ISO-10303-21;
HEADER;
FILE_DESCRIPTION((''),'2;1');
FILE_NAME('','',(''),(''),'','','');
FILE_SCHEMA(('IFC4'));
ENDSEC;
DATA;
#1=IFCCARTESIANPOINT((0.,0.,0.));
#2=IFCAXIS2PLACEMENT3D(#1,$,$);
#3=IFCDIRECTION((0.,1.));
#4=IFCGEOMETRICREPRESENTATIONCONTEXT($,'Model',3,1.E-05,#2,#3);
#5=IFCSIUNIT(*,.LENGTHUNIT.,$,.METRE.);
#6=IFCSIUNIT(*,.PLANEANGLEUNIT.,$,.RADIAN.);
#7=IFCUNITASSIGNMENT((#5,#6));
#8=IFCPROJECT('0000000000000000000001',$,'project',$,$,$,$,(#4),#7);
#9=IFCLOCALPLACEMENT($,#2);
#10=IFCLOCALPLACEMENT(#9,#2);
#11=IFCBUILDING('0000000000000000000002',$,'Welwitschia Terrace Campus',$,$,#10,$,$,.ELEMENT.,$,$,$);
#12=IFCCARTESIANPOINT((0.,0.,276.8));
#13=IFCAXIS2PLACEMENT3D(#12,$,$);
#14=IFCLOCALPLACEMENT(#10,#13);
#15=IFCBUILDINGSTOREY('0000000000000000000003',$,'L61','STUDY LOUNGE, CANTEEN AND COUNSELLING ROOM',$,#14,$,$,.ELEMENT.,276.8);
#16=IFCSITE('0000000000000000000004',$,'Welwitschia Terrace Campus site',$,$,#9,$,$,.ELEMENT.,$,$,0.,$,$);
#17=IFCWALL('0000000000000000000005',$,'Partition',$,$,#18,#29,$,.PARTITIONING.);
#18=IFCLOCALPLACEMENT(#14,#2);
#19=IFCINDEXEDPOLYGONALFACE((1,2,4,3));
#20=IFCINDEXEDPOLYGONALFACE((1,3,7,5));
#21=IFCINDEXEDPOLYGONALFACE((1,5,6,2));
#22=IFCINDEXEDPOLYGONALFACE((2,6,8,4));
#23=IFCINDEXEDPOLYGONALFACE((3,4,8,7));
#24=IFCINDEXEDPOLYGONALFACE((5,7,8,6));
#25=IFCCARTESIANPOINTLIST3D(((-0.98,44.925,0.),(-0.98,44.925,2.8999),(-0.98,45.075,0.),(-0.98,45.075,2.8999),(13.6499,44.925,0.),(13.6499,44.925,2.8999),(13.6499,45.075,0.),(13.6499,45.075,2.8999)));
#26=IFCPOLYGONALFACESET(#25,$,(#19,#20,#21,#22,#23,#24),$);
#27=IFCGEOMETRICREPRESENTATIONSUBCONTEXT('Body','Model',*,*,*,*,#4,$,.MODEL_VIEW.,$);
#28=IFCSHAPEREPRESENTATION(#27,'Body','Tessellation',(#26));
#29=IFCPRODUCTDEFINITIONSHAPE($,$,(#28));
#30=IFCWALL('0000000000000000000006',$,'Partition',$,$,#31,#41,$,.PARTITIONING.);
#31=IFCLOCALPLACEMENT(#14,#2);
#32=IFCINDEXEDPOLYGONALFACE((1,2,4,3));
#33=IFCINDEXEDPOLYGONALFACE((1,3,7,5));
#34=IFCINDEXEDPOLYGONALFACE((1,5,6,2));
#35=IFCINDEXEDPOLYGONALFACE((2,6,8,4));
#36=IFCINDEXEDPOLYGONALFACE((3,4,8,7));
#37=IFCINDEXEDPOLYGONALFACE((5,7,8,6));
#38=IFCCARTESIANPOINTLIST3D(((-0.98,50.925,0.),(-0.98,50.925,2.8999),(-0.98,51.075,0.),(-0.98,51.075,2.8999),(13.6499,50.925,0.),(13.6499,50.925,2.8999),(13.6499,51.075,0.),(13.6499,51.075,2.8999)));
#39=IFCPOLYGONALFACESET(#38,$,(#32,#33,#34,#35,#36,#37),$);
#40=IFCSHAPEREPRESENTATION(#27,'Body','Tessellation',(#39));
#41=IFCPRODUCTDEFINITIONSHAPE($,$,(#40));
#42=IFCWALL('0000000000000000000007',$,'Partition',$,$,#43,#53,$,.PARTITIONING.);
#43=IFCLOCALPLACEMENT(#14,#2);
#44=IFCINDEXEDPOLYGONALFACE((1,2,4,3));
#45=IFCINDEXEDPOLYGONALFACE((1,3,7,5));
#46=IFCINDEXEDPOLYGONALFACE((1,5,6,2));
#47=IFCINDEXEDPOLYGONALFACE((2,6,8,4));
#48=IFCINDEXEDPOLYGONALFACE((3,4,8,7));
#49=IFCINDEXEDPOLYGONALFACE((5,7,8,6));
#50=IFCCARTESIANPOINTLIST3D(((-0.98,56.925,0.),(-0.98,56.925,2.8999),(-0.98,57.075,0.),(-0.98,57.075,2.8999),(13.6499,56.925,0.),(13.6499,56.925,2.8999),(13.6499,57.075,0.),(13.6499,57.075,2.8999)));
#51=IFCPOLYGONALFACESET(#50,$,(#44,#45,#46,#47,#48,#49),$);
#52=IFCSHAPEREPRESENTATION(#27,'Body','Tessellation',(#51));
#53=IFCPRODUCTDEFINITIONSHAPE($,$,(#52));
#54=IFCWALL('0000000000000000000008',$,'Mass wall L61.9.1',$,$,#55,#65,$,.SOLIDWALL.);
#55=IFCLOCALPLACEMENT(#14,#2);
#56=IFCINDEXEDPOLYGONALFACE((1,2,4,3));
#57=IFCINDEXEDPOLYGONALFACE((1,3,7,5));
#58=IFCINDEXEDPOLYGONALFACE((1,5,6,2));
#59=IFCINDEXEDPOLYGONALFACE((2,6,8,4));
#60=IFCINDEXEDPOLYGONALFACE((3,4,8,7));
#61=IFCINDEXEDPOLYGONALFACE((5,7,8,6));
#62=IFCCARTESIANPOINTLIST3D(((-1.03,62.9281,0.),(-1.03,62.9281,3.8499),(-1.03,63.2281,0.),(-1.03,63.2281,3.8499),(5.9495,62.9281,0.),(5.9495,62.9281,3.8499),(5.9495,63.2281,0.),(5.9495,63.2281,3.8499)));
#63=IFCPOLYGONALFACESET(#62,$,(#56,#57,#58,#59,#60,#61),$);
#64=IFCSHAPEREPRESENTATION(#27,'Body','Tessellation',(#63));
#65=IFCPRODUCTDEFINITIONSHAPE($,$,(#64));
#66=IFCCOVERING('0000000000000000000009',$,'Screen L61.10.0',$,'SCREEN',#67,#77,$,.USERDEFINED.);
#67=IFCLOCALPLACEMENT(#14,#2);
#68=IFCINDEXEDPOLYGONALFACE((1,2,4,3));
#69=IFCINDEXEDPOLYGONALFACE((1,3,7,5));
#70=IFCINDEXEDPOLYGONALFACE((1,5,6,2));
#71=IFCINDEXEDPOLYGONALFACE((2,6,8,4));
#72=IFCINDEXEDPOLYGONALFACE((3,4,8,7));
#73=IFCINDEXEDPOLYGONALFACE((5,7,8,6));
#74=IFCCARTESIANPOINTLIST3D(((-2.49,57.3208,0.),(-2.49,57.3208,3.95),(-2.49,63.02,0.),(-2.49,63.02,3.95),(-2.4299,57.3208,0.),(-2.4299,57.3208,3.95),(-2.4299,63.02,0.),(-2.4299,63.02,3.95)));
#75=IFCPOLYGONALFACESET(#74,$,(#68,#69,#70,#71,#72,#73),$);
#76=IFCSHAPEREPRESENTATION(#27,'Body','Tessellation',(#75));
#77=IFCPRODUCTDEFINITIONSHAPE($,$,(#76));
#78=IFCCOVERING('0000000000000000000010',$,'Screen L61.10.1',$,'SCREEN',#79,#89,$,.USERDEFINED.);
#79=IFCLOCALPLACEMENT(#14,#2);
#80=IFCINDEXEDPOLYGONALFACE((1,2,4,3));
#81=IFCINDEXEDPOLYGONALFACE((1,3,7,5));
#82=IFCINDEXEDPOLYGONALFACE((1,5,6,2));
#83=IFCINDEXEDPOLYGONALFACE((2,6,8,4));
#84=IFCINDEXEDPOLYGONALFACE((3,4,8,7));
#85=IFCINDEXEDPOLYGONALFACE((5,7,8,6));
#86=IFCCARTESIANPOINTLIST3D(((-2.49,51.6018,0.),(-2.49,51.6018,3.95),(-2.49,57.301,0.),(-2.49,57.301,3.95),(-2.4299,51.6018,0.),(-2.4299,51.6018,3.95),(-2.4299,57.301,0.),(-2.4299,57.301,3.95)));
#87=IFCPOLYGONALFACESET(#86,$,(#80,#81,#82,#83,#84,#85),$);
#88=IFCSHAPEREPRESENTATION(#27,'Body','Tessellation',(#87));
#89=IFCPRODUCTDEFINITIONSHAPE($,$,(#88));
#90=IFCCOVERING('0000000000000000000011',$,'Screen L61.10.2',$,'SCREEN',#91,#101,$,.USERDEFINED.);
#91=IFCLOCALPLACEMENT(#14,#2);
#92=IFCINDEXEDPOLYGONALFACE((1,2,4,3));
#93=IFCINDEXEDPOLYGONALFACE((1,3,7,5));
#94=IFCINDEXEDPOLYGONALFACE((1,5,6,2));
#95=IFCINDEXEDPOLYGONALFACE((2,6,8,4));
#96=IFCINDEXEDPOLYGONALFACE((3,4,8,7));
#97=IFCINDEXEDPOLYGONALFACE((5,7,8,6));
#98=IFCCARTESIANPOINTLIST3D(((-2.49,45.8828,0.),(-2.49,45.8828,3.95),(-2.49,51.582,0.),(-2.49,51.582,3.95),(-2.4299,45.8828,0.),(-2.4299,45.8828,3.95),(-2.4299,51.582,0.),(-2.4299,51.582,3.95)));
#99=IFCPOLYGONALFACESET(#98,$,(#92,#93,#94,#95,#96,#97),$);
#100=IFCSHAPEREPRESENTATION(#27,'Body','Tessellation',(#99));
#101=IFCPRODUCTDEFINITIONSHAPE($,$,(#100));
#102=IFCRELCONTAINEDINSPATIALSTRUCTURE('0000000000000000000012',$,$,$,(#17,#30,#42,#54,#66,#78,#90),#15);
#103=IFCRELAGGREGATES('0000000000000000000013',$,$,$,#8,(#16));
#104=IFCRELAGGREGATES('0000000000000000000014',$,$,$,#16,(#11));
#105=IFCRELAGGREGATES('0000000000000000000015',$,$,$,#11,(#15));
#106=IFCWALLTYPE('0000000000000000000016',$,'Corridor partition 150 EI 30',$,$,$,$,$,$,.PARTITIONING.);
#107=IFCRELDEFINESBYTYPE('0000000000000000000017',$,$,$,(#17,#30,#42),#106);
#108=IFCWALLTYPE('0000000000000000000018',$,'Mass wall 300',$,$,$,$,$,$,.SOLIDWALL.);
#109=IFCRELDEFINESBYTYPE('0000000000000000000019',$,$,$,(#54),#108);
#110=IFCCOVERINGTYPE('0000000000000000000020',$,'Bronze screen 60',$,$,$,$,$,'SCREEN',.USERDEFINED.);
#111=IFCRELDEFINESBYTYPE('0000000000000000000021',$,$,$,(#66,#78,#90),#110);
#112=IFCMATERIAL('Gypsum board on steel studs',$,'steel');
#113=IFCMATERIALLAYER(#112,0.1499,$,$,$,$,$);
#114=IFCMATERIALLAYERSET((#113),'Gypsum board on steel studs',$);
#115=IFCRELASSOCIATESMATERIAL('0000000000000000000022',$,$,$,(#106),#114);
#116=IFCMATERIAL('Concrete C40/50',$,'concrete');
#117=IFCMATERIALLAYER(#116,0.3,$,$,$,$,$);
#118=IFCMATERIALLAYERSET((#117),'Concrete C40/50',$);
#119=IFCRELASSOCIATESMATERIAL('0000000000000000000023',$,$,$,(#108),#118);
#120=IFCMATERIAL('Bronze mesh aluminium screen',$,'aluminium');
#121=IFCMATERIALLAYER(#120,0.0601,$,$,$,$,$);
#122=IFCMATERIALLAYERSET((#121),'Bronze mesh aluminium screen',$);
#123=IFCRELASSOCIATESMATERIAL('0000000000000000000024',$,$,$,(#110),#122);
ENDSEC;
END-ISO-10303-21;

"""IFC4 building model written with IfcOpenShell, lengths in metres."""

from ifc_helpers import new_model, si_unit, direction, frame, frame_2d, origin, origin_2d, place, context, subcontext, project, spatial, rectangle, extrude, material, layer, layer_set, type_object, element, save


model = new_model("IFC4")

# Units and contexts
model_context = context("Model", 3, precision=1e-05, world=origin(), true_north=direction((0.0, 1.0)))
body_context = subcontext(model_context, "Body", "Model", "MODEL_VIEW")
ifc_project = project(units=[si_unit("LENGTHUNIT", "METRE"), si_unit("PLANEANGLEUNIT", "RADIAN")], contexts=[model_context])

# Site, building, storey
site_placement = place(None, origin())
site = spatial("IfcSite", under=ifc_project, at=site_placement, Name="Welwitschia Terrace Campus site", CompositionType="ELEMENT", RefElevation=0.0)
building_placement = place(site_placement, origin())
building = spatial("IfcBuilding", under=site, at=building_placement, Name="Welwitschia Terrace Campus", CompositionType="ELEMENT")
storey_placement = place(building_placement, frame((0.0, 0.0, 276.8)))
storey = spatial("IfcBuildingStorey", under=building, at=storey_placement, Name="L61", Description="STUDY LOUNGE, CANTEEN AND COUNSELLING ROOM", CompositionType="ELEMENT", Elevation=276.8)

# Walls
ifc_material_1 = material(Name="Gypsum board on steel studs", Category="steel")
ifc_layer_1 = layer(ifc_material_1, 0.1499)
ifc_layer_set_1 = layer_set([ifc_layer_1], Name="Gypsum board on steel studs")
wall_type_1 = type_object("IfcWallType", Name="Corridor partition 150 EI 30", PredefinedType="PARTITIONING", material=ifc_layer_set_1)
for number, where, z_axis, x_axis, name in (
    (1, (-0.98, 45.0, 0.0), (0.0, 0.0, 1.0), (1.0, 0.0, 0.0), "Partition"),
    (2, (-0.98, 51.0, 0.0), (0.0, 0.0, 1.0), (1.0, 0.0, 0.0), "Partition"),
    (3, (-0.98, 57.0, 0.0), (0.0, 0.0, 1.0), (1.0, 0.0, 0.0), "Partition"),
):
    element("IfcWall", number, at=place(storey_placement, frame(where, z_axis=z_axis, x_axis=x_axis)), inside=storey, type_object=wall_type_1, Name=name, PredefinedType="PARTITIONING", context=body_context, shape_type="SweptSolid", body=[
        extrude(rectangle(XDim=14.6299, YDim=0.1499, at=frame_2d((7.3149, 0.0))), origin(), (0.0, 0.0, 1.0), 2.8999),
    ])
ifc_material_2 = material(Name="Concrete C40/50", Category="concrete")
ifc_layer_2 = layer(ifc_material_2, 0.3)
ifc_layer_set_2 = layer_set([ifc_layer_2], Name="Concrete C40/50")
wall_type_2 = type_object("IfcWallType", Name="Mass wall 300", PredefinedType="SOLIDWALL", material=ifc_layer_set_2)
wall_placement = place(storey_placement, frame((5.9495, 63.0781, 0.0), z_axis=(0.0, 0.0, 1.0), x_axis=(-1.0, 0.0, 0.0)))
element("IfcWall", 4, at=wall_placement, inside=storey, type_object=wall_type_2, Name="Mass wall L61.9.1", PredefinedType="SOLIDWALL", context=body_context, shape_type="SweptSolid", body=[
    extrude(rectangle(XDim=6.9795, YDim=0.3, at=frame_2d((3.4897, 0.0))), origin(), (0.0, 0.0, 1.0), 3.8499),
])

# Coverings
ifc_material_3 = material(Name="Bronze mesh aluminium screen", Category="aluminium")
ifc_layer_3 = layer(ifc_material_3, 0.0601)
ifc_layer_set_3 = layer_set([ifc_layer_3], Name="Bronze mesh aluminium screen")
covering_type = type_object("IfcCoveringType", Name="Bronze screen 60", ElementType="SCREEN", PredefinedType="USERDEFINED", material=ifc_layer_set_3)
for number, where, z_axis, x_axis, name in (
    (5, (-2.46, 60.1704, 0.0), (0.0, 0.0, 1.0), (0.0, -1.0, 0.0), "Screen L61.10.0"),
    (6, (-2.46, 54.4514, 0.0), (0.0, 0.0, 1.0), (0.0, -1.0, 0.0), "Screen L61.10.1"),
    (7, (-2.46, 48.7324, 0.0), (0.0, 0.0, 1.0), (0.0, -1.0, 0.0), "Screen L61.10.2"),
):
    element("IfcCovering", number, at=place(storey_placement, frame(where, z_axis=z_axis, x_axis=x_axis)), inside=storey, type_object=covering_type, Name=name, ObjectType="SCREEN", PredefinedType="USERDEFINED", context=body_context, shape_type="SweptSolid", body=[
        extrude(rectangle(XDim=5.6992, YDim=0.0601, at=origin_2d()), origin(), (0.0, 0.0, 1.0), 3.95),
    ])

save(model, "model.ifc")
